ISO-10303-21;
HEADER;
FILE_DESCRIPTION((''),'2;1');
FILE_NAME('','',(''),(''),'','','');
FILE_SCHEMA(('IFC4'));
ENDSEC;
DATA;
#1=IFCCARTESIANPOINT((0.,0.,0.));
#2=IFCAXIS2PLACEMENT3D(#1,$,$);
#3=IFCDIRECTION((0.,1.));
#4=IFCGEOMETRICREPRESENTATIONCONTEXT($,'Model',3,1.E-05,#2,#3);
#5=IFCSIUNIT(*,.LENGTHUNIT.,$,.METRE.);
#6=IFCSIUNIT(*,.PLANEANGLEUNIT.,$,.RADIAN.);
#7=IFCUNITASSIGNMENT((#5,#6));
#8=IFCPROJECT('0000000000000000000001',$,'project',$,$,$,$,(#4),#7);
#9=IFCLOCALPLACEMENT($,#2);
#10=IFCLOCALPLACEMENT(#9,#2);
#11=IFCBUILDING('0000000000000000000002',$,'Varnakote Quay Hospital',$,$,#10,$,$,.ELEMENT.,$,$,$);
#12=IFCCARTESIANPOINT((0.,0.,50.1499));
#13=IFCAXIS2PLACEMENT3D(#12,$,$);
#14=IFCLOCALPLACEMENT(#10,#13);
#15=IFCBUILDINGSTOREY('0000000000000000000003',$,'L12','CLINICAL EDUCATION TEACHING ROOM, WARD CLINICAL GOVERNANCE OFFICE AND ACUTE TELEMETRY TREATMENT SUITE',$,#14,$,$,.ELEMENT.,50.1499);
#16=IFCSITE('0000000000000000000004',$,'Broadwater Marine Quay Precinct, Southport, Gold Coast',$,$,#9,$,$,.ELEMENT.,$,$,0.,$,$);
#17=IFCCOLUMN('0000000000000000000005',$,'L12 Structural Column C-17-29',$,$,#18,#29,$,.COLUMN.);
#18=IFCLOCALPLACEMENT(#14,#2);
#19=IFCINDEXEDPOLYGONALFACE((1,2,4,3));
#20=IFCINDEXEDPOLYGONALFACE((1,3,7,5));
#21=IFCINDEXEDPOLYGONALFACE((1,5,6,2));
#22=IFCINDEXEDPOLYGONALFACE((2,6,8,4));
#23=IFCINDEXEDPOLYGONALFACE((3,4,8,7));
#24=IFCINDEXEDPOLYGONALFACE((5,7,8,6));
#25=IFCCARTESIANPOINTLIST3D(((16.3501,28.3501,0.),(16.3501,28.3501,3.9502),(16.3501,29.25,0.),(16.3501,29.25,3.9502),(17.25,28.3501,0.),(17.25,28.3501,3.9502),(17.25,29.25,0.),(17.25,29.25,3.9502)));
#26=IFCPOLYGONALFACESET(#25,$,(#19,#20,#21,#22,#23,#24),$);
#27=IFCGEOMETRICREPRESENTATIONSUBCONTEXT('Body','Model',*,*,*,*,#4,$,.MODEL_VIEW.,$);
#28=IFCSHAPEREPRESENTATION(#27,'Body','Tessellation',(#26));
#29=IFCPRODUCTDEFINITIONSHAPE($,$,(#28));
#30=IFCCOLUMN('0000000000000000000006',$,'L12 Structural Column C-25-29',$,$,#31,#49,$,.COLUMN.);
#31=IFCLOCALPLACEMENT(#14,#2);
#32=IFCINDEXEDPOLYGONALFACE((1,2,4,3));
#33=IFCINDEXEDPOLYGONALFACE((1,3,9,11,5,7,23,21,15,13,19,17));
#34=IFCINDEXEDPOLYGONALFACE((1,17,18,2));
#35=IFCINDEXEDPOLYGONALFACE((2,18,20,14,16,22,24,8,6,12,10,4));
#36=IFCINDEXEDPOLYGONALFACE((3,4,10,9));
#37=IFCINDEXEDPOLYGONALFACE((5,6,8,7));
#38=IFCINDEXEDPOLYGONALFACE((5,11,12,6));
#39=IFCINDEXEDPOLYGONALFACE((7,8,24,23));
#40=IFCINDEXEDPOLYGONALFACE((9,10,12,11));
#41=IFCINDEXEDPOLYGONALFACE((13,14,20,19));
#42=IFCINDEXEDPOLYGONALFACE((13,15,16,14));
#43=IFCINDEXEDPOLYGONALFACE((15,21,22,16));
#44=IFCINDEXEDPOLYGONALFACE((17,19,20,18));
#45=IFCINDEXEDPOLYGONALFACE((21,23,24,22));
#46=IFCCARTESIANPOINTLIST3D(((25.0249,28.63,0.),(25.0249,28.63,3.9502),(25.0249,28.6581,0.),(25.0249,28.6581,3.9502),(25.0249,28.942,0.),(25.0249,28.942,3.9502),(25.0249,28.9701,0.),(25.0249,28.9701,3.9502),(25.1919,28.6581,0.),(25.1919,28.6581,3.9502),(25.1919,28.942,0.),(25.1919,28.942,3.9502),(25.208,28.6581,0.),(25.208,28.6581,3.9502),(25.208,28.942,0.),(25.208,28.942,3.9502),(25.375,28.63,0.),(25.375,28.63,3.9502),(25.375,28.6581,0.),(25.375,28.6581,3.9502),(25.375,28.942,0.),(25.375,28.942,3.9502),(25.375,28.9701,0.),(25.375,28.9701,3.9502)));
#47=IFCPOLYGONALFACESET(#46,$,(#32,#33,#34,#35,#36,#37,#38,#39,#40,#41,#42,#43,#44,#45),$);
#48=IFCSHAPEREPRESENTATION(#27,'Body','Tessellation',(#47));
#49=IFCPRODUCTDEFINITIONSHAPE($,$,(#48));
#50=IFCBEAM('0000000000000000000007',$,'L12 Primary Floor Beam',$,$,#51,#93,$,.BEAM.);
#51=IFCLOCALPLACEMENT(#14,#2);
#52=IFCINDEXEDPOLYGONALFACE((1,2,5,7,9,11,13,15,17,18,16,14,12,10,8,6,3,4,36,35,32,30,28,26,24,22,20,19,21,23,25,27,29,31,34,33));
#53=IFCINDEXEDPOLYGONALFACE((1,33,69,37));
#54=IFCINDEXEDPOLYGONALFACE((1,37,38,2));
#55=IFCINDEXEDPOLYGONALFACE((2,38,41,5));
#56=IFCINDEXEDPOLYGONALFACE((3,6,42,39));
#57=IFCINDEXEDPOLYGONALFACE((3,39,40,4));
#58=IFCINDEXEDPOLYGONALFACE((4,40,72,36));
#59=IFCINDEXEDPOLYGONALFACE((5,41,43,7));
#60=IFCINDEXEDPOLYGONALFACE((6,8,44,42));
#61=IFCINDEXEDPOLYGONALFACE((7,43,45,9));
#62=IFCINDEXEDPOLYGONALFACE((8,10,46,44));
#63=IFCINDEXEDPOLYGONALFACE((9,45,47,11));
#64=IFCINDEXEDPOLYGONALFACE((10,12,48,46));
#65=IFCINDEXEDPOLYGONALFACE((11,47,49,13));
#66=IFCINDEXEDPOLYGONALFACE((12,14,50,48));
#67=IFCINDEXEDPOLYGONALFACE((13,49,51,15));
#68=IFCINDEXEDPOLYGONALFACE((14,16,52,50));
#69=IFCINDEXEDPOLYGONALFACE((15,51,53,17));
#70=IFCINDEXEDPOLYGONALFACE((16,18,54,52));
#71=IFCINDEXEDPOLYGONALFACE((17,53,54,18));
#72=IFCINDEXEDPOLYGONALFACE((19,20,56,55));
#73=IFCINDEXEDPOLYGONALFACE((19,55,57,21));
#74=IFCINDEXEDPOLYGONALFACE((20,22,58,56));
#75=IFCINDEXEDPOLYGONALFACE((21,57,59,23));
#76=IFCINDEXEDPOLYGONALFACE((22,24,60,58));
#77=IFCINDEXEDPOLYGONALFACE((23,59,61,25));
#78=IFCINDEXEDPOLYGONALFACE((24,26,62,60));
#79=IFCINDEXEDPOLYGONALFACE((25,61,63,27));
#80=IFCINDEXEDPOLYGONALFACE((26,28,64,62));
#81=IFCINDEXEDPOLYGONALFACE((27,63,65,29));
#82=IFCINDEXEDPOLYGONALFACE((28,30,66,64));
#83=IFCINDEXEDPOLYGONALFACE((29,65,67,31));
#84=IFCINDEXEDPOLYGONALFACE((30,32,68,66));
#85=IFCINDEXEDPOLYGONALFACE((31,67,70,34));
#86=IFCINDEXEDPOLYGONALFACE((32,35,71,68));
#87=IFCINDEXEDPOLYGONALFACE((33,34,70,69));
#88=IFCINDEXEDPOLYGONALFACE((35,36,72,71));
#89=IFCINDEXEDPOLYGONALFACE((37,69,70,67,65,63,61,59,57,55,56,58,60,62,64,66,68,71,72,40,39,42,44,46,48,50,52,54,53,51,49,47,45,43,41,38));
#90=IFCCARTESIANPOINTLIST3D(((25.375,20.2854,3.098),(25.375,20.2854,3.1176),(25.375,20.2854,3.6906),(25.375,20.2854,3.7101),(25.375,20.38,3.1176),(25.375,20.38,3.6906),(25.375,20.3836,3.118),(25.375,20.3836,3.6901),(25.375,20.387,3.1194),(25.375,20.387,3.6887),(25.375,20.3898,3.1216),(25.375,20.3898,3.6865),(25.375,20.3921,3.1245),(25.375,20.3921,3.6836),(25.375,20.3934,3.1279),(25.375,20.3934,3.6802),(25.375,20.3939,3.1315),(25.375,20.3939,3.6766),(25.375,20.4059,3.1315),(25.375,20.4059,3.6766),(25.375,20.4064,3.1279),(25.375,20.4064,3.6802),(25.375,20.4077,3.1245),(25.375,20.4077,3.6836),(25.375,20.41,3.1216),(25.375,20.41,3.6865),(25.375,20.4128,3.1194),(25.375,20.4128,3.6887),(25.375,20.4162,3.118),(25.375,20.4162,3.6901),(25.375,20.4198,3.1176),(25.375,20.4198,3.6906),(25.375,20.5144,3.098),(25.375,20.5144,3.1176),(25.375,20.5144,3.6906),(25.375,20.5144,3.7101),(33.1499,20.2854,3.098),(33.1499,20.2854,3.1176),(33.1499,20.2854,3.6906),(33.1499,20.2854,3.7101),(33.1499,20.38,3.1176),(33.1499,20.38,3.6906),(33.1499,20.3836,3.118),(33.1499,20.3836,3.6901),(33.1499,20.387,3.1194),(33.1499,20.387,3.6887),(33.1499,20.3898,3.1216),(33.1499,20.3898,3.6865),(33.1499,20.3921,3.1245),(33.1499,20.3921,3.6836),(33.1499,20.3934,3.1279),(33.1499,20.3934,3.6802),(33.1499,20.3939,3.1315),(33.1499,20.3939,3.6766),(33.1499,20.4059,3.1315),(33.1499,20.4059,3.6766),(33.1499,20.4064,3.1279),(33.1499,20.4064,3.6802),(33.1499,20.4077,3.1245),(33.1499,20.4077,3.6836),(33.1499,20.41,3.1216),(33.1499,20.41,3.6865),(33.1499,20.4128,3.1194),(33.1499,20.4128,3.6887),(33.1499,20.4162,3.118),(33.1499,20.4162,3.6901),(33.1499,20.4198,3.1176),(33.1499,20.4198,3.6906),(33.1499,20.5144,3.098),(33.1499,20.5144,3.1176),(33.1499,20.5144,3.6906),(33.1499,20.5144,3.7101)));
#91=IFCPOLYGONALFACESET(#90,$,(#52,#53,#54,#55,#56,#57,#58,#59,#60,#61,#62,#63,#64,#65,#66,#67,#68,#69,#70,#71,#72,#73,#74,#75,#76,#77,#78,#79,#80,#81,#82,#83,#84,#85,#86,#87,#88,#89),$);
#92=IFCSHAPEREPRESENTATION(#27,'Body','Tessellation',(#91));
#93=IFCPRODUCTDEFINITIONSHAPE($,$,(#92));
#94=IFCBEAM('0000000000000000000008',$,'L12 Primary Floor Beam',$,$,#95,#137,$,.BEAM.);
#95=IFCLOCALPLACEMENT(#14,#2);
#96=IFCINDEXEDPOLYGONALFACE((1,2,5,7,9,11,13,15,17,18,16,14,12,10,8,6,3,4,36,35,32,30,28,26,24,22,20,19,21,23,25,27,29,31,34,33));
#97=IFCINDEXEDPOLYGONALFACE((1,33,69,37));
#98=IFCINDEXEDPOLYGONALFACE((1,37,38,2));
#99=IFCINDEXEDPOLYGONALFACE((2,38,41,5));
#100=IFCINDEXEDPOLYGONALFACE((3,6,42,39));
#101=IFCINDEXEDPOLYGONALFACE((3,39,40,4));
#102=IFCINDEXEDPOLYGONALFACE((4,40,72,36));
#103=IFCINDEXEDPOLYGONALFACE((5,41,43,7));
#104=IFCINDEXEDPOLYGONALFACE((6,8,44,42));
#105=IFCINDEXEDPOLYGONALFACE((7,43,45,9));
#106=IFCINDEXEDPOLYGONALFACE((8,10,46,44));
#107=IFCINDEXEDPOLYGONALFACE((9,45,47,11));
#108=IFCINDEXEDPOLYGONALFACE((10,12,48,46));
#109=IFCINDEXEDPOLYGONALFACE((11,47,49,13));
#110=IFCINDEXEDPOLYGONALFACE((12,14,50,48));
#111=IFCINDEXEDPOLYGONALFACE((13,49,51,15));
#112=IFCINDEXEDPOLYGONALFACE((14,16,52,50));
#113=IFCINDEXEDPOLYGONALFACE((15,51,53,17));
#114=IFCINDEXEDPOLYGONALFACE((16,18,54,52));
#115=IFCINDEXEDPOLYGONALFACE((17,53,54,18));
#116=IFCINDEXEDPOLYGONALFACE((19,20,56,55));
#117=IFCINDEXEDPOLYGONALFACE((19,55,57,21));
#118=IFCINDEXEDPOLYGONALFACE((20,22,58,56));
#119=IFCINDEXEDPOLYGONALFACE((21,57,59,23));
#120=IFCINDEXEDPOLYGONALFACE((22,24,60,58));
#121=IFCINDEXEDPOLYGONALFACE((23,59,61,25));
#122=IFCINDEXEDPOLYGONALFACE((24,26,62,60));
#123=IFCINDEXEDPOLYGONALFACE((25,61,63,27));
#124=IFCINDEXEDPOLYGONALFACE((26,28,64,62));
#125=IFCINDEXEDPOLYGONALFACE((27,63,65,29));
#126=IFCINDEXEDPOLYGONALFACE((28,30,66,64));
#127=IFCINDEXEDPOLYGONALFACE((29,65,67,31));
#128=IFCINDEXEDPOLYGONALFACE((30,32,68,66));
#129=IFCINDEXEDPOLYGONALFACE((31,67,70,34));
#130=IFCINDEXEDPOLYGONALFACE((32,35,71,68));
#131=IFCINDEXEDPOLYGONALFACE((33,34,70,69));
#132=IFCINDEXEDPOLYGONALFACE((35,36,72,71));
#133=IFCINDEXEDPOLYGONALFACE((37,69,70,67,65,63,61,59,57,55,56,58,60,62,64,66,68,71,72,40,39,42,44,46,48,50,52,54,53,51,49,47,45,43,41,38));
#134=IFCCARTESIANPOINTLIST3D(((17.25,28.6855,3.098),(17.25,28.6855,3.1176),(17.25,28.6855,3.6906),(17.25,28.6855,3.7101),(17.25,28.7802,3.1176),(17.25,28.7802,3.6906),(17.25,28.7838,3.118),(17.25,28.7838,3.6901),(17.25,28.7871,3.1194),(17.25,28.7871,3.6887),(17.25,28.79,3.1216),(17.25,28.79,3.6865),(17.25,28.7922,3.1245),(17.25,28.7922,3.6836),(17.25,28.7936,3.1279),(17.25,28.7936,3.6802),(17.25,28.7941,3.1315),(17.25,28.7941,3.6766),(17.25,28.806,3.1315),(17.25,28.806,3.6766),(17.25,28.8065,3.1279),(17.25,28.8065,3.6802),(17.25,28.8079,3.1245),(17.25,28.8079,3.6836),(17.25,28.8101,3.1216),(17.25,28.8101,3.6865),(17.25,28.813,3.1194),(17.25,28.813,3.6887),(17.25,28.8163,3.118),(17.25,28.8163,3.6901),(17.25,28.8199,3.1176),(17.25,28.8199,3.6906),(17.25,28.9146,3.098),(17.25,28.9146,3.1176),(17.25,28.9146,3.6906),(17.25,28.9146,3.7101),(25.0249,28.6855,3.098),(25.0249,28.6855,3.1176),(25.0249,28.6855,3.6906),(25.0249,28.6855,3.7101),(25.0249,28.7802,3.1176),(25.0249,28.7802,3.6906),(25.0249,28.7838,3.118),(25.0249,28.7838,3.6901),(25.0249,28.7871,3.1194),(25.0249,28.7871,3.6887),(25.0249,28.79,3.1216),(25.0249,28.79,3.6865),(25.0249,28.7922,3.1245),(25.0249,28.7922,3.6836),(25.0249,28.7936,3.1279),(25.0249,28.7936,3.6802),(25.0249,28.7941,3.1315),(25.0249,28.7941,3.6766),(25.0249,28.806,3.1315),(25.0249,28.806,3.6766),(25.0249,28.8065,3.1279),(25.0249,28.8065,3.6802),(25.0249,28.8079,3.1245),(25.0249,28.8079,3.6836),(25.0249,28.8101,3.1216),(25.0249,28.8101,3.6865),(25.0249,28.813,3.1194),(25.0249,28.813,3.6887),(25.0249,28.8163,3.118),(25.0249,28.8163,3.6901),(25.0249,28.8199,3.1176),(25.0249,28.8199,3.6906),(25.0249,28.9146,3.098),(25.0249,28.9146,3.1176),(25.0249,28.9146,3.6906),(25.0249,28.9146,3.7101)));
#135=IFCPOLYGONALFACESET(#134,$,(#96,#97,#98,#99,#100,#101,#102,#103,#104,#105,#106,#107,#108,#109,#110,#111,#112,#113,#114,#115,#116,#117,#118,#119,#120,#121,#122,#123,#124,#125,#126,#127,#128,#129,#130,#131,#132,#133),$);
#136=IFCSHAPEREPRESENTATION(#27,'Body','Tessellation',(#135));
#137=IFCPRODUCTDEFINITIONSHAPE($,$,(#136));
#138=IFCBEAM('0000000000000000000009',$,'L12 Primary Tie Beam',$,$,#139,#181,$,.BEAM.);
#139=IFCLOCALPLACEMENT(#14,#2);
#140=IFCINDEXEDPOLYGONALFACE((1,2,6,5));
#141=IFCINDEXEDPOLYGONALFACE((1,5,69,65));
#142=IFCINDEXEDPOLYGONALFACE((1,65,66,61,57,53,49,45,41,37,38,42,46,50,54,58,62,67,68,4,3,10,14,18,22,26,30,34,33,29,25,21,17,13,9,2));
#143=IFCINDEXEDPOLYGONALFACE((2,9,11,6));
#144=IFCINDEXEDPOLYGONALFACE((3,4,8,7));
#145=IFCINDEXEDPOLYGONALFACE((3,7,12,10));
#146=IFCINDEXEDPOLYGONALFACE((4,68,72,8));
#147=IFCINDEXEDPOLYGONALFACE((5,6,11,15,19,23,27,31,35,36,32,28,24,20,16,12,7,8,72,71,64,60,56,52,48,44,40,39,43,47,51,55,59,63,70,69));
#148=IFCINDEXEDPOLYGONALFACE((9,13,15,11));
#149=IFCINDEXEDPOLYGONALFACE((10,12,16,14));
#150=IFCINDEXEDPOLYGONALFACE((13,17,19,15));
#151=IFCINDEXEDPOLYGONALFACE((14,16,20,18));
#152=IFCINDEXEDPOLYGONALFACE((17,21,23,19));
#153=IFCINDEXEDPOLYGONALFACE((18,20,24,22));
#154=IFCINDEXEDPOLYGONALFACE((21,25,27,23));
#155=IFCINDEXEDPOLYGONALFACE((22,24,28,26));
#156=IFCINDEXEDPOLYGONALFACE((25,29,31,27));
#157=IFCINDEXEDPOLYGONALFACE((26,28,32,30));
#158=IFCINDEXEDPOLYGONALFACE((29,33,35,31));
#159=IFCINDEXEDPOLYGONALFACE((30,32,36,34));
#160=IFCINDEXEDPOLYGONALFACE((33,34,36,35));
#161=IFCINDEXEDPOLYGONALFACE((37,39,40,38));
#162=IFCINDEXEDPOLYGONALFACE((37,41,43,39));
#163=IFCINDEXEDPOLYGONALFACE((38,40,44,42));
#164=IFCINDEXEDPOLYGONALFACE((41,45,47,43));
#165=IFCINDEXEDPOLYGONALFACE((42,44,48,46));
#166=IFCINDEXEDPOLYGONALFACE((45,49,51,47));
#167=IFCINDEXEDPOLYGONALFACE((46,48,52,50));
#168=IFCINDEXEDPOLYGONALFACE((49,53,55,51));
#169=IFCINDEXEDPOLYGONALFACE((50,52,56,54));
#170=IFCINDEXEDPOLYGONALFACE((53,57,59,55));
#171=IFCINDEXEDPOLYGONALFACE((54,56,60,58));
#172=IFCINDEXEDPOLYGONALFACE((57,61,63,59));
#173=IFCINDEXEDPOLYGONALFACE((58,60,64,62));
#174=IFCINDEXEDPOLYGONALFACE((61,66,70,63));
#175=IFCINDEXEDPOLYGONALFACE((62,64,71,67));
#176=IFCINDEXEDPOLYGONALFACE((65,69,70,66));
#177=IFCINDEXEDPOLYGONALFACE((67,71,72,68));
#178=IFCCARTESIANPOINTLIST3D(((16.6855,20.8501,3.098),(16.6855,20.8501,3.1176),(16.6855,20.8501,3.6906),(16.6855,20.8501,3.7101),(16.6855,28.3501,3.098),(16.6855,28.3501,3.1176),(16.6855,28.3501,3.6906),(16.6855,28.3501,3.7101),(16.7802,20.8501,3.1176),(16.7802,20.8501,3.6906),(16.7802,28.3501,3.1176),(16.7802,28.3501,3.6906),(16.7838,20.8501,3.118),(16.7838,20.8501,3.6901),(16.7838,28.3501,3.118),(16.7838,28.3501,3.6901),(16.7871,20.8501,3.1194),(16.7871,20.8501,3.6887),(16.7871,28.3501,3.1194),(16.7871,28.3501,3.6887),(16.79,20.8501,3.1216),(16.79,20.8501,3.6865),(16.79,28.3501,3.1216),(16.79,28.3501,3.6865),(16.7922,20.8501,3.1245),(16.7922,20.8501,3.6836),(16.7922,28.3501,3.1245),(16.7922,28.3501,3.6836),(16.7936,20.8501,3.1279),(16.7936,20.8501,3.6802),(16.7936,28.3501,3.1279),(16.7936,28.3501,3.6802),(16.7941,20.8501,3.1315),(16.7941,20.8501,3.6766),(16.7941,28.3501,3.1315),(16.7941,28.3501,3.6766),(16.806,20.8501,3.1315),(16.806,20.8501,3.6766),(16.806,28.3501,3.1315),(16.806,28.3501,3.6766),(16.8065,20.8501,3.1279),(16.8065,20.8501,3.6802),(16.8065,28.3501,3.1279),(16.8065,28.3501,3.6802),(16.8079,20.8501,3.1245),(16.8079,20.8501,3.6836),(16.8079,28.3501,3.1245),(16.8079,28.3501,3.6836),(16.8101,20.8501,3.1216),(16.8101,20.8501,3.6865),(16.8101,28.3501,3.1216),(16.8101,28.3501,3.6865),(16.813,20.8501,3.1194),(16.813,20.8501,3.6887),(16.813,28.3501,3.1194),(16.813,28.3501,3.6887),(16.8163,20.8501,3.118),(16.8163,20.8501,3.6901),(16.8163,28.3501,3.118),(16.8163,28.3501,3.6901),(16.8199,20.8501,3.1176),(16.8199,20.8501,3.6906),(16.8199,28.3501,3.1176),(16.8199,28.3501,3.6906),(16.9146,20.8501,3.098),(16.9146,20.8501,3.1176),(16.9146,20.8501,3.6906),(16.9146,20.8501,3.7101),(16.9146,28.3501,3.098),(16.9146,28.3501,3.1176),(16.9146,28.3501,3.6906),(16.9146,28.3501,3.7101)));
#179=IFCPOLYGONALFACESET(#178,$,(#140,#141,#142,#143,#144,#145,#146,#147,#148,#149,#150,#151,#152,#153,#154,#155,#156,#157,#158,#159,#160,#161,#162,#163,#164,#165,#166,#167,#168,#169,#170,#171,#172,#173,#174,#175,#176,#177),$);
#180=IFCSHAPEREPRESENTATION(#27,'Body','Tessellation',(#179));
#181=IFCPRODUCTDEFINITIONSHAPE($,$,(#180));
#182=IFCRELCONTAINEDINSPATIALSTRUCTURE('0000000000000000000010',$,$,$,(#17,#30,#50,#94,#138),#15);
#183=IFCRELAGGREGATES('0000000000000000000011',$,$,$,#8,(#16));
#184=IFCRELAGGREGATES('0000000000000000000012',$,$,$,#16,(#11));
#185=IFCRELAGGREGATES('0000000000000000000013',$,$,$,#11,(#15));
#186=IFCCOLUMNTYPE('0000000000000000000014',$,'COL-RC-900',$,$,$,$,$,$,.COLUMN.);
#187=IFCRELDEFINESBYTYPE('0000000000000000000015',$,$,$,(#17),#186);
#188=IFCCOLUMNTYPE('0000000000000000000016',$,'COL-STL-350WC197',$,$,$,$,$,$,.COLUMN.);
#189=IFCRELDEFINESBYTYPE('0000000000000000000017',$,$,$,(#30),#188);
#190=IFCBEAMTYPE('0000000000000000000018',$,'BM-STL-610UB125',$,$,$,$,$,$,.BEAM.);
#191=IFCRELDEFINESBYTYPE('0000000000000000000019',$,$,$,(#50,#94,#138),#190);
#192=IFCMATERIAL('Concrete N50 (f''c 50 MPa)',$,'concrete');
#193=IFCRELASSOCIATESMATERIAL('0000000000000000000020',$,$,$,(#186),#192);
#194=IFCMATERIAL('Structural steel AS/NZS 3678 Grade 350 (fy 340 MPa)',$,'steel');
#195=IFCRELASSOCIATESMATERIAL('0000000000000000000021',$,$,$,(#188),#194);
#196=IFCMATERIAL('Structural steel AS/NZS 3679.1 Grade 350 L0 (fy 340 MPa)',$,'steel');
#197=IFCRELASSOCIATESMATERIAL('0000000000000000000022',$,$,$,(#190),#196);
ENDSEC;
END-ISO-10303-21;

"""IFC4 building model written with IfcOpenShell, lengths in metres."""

from ifc_helpers import new_model, si_unit, direction, frame, origin, origin_2d, place, context, subcontext, project, spatial, rectangle, i_section, extrude, material, material_profile, profile_set, type_object, element, save


model = new_model("IFC4")

# Units and contexts
model_context = context("Model", 3, precision=1e-05, world=origin(), true_north=direction((0.0, 1.0)))
body_context = subcontext(model_context, "Body", "Model", "MODEL_VIEW")
ifc_project = project(units=[si_unit("LENGTHUNIT", "METRE"), si_unit("PLANEANGLEUNIT", "RADIAN")], contexts=[model_context])

# Site, building, storey
site_placement = place(None, origin())
site = spatial("IfcSite", under=ifc_project, at=site_placement, Name="Broadwater Marine Quay Precinct, Southport, Gold Coast", CompositionType="ELEMENT", RefElevation=0.0)
building_placement = place(site_placement, origin())
building = spatial("IfcBuilding", under=site, at=building_placement, Name="Varnakote Quay Hospital", CompositionType="ELEMENT")
storey_placement = place(building_placement, frame((0.0, 0.0, 50.1499)))
storey = spatial("IfcBuildingStorey", under=building, at=storey_placement, Name="L12", Description="CLINICAL EDUCATION TEACHING ROOM, WARD CLINICAL GOVERNANCE OFFICE AND ACUTE TELEMETRY TREATMENT SUITE", CompositionType="ELEMENT", Elevation=50.1499)

# Columns
ifc_material_1 = material(Name="Concrete N50 (f'c 50 MPa)", Category="concrete")
ifc_material_profile_1 = material_profile(ifc_material_1, rectangle(XDim=0.8999, YDim=0.8999, at=origin_2d()), Name="RC-COL-900x900")
ifc_profile_set_1 = profile_set([ifc_material_profile_1], Name="Concrete N50 (f'c 50 MPa)")
column_type_1 = type_object("IfcColumnType", Name="COL-RC-900", PredefinedType="COLUMN", material=ifc_profile_set_1)
column_1_placement = place(storey_placement, frame((16.8, 28.8, 0.0), z_axis=(0.0, 0.0, 1.0), x_axis=(1.0, 0.0, 0.0)))
element("IfcColumn", 1, at=column_1_placement, inside=storey, type_object=column_type_1, Name="L12 Structural Column C-17-29", PredefinedType="COLUMN", context=body_context, shape_type="SweptSolid", body=[
    extrude(rectangle(XDim=0.8999, YDim=0.8999, at=origin_2d()), origin(), (0.0, 0.0, 1.0), 3.9502),
])
ifc_material_2 = material(Name="Structural steel AS/NZS 3678 Grade 350 (fy 340 MPa)", Category="steel")
ifc_material_profile_2 = material_profile(ifc_material_2, i_section(OverallWidth=0.3501, OverallDepth=0.3401, WebThickness=0.0161, FlangeThickness=0.0281, at=origin_2d()), Name="350WC197")
ifc_profile_set_2 = profile_set([ifc_material_profile_2], Name="Structural steel AS/NZS 3678 Grade 350 (fy 340 MPa)")
column_type_2 = type_object("IfcColumnType", Name="COL-STL-350WC197", PredefinedType="COLUMN", material=ifc_profile_set_2)
column_2_placement = place(storey_placement, frame((25.2, 28.8, 0.0), z_axis=(0.0, 0.0, 1.0), x_axis=(1.0, 0.0, 0.0)))
element("IfcColumn", 2, at=column_2_placement, inside=storey, type_object=column_type_2, Name="L12 Structural Column C-25-29", PredefinedType="COLUMN", context=body_context, shape_type="SweptSolid", body=[
    extrude(i_section(OverallWidth=0.3501, OverallDepth=0.3401, WebThickness=0.0161, FlangeThickness=0.0281, at=origin_2d()), origin(), (0.0, 0.0, 1.0), 3.9502),
])

# Beams
ifc_material_3 = material(Name="Structural steel AS/NZS 3679.1 Grade 350 L0 (fy 340 MPa)", Category="steel")
ifc_material_profile_3 = material_profile(ifc_material_3, i_section(OverallWidth=0.229, OverallDepth=0.6121, WebThickness=0.012, FlangeThickness=0.0195, FilletRadius=0.0139, at=origin_2d()), Name="610UB125")
ifc_profile_set_3 = profile_set([ifc_material_profile_3], Name="Structural steel AS/NZS 3679.1 Grade 350 L0 (fy 340 MPa)")
beam_type_1 = type_object("IfcBeamType", Name="BM-STL-610UB125", PredefinedType="BEAM", material=ifc_profile_set_3)
for number, where, z_axis, x_axis, name in (
    (3, (25.375, 20.3999, 3.4041), (1.0, 0.0, 0.0), (0.0, 1.0, 0.0), "L12 Primary Floor Beam"),
    (4, (17.25, 28.8, 3.4041), (1.0, 0.0, 0.0), (0.0, 1.0, 0.0), "L12 Primary Floor Beam"),
):
    element("IfcBeam", number, at=place(storey_placement, frame(where, z_axis=z_axis, x_axis=x_axis)), inside=storey, type_object=beam_type_1, Name=name, PredefinedType="BEAM", context=body_context, shape_type="SweptSolid", body=[
        extrude(i_section(OverallWidth=0.229, OverallDepth=0.6121, WebThickness=0.012, FlangeThickness=0.0195, FilletRadius=0.0139, at=origin_2d()), origin(), (0.0, 0.0, 1.0), 7.7749),
    ])
beam_1_placement = place(storey_placement, frame((16.8, 20.8501, 3.4041), z_axis=(0.0, 1.0, 0.0), x_axis=(-1.0, 0.0, 0.0)))
element("IfcBeam", 5, at=beam_1_placement, inside=storey, type_object=beam_type_1, Name="L12 Primary Tie Beam", PredefinedType="BEAM", context=body_context, shape_type="SweptSolid", body=[
    extrude(i_section(OverallWidth=0.229, OverallDepth=0.6121, WebThickness=0.012, FlangeThickness=0.0195, FilletRadius=0.0139, at=origin_2d()), origin(), (0.0, 0.0, 1.0), 7.5),
])

save(model, "model.ifc")
